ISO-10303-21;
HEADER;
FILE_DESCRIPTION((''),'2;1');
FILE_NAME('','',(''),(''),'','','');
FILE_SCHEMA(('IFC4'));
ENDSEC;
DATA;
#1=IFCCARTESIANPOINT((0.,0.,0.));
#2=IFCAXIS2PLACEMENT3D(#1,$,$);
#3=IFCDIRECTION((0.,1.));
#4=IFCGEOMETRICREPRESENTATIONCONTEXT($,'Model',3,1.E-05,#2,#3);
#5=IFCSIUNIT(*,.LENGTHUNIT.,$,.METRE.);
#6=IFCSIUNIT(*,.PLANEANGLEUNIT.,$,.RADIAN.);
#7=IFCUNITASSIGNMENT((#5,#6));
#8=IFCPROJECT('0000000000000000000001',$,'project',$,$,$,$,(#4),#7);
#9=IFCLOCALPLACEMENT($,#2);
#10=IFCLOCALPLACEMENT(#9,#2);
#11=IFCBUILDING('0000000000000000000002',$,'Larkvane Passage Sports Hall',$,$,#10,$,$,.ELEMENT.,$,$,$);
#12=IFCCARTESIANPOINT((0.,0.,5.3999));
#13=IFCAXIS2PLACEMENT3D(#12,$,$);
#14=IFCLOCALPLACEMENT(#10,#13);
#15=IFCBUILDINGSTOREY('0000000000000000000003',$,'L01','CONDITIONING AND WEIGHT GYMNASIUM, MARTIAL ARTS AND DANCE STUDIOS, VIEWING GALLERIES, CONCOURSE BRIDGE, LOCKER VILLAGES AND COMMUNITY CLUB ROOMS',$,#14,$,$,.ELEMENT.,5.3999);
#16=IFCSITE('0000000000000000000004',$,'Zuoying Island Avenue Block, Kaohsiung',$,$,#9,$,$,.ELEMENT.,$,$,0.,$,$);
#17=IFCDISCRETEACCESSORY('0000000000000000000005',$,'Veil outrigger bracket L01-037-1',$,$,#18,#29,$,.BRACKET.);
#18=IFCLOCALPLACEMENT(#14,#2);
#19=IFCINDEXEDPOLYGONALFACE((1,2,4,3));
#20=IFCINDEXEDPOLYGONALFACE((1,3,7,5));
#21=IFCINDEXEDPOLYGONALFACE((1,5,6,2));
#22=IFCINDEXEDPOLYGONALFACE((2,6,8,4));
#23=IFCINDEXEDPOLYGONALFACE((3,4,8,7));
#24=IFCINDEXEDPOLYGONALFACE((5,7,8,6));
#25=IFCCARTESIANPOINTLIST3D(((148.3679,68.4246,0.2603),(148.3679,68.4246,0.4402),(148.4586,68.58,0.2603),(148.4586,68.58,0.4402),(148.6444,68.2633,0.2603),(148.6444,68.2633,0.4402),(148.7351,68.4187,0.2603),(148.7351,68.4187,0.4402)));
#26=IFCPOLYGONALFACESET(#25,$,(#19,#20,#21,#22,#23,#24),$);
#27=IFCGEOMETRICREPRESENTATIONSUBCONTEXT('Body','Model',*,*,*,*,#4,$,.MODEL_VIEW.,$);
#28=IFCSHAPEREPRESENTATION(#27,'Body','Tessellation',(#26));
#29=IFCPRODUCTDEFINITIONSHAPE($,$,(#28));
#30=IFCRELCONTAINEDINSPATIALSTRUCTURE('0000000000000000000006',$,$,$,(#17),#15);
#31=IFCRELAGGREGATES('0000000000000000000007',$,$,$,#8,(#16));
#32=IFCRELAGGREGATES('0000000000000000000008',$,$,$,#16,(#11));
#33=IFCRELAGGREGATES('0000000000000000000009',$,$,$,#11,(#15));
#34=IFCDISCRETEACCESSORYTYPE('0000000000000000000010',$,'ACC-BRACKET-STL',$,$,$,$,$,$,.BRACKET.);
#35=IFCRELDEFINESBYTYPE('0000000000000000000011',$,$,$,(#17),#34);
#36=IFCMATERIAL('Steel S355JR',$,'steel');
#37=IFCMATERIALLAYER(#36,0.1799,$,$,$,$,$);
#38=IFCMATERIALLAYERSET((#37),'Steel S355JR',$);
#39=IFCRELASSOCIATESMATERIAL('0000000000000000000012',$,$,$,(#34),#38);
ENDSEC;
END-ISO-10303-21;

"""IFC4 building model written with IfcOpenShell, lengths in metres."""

from ifc_helpers import new_model, si_unit, direction, frame, origin, origin_2d, place, context, subcontext, project, spatial, rectangle, extrude, material, layer, layer_set, type_object, element, save


model = new_model("IFC4")

# Units and contexts
model_context = context("Model", 3, precision=1e-05, world=origin(), true_north=direction((0.0, 1.0)))
body_context = subcontext(model_context, "Body", "Model", "MODEL_VIEW")
ifc_project = project(units=[si_unit("LENGTHUNIT", "METRE"), si_unit("PLANEANGLEUNIT", "RADIAN")], contexts=[model_context])

# Site, building, storey
site_placement = place(None, origin())
site = spatial("IfcSite", under=ifc_project, at=site_placement, Name="Zuoying Island Avenue Block, Kaohsiung", CompositionType="ELEMENT", RefElevation=0.0)
building_placement = place(site_placement, origin())
building = spatial("IfcBuilding", under=site, at=building_placement, Name="Larkvane Passage Sports Hall", CompositionType="ELEMENT")
storey_placement = place(building_placement, frame((0.0, 0.0, 5.3999)))
storey = spatial("IfcBuildingStorey", under=building, at=storey_placement, Name="L01", Description="CONDITIONING AND WEIGHT GYMNASIUM, MARTIAL ARTS AND DANCE STUDIOS, VIEWING GALLERIES, CONCOURSE BRIDGE, LOCKER VILLAGES AND COMMUNITY CLUB ROOMS", CompositionType="ELEMENT", Elevation=5.3999)

# Discrete accessory
ifc_material_1 = material(Name="Steel S355JR", Category="steel")
ifc_layer_1 = layer(ifc_material_1, 0.1799)
ifc_layer_set_1 = layer_set([ifc_layer_1], Name="Steel S355JR")
discrete_accessory_type = type_object("IfcDiscreteAccessoryType", Name="ACC-BRACKET-STL", PredefinedType="BRACKET", material=ifc_layer_set_1)
discrete_accessory_placement = place(storey_placement, frame((148.5515, 68.4216, 0.2603), z_axis=(0.0, 0.0, 1.0), x_axis=(-0.503871, -0.863779, 0.0)))
element("IfcDiscreteAccessory", 1, at=discrete_accessory_placement, inside=storey, type_object=discrete_accessory_type, Name="Veil outrigger bracket L01-037-1", PredefinedType="BRACKET", context=body_context, shape_type="SweptSolid", body=[
    extrude(rectangle(XDim=0.1799, YDim=0.3201, at=origin_2d()), origin(), (0.0, 0.0, 1.0), 0.1799),
])

save(model, "model.ifc")
